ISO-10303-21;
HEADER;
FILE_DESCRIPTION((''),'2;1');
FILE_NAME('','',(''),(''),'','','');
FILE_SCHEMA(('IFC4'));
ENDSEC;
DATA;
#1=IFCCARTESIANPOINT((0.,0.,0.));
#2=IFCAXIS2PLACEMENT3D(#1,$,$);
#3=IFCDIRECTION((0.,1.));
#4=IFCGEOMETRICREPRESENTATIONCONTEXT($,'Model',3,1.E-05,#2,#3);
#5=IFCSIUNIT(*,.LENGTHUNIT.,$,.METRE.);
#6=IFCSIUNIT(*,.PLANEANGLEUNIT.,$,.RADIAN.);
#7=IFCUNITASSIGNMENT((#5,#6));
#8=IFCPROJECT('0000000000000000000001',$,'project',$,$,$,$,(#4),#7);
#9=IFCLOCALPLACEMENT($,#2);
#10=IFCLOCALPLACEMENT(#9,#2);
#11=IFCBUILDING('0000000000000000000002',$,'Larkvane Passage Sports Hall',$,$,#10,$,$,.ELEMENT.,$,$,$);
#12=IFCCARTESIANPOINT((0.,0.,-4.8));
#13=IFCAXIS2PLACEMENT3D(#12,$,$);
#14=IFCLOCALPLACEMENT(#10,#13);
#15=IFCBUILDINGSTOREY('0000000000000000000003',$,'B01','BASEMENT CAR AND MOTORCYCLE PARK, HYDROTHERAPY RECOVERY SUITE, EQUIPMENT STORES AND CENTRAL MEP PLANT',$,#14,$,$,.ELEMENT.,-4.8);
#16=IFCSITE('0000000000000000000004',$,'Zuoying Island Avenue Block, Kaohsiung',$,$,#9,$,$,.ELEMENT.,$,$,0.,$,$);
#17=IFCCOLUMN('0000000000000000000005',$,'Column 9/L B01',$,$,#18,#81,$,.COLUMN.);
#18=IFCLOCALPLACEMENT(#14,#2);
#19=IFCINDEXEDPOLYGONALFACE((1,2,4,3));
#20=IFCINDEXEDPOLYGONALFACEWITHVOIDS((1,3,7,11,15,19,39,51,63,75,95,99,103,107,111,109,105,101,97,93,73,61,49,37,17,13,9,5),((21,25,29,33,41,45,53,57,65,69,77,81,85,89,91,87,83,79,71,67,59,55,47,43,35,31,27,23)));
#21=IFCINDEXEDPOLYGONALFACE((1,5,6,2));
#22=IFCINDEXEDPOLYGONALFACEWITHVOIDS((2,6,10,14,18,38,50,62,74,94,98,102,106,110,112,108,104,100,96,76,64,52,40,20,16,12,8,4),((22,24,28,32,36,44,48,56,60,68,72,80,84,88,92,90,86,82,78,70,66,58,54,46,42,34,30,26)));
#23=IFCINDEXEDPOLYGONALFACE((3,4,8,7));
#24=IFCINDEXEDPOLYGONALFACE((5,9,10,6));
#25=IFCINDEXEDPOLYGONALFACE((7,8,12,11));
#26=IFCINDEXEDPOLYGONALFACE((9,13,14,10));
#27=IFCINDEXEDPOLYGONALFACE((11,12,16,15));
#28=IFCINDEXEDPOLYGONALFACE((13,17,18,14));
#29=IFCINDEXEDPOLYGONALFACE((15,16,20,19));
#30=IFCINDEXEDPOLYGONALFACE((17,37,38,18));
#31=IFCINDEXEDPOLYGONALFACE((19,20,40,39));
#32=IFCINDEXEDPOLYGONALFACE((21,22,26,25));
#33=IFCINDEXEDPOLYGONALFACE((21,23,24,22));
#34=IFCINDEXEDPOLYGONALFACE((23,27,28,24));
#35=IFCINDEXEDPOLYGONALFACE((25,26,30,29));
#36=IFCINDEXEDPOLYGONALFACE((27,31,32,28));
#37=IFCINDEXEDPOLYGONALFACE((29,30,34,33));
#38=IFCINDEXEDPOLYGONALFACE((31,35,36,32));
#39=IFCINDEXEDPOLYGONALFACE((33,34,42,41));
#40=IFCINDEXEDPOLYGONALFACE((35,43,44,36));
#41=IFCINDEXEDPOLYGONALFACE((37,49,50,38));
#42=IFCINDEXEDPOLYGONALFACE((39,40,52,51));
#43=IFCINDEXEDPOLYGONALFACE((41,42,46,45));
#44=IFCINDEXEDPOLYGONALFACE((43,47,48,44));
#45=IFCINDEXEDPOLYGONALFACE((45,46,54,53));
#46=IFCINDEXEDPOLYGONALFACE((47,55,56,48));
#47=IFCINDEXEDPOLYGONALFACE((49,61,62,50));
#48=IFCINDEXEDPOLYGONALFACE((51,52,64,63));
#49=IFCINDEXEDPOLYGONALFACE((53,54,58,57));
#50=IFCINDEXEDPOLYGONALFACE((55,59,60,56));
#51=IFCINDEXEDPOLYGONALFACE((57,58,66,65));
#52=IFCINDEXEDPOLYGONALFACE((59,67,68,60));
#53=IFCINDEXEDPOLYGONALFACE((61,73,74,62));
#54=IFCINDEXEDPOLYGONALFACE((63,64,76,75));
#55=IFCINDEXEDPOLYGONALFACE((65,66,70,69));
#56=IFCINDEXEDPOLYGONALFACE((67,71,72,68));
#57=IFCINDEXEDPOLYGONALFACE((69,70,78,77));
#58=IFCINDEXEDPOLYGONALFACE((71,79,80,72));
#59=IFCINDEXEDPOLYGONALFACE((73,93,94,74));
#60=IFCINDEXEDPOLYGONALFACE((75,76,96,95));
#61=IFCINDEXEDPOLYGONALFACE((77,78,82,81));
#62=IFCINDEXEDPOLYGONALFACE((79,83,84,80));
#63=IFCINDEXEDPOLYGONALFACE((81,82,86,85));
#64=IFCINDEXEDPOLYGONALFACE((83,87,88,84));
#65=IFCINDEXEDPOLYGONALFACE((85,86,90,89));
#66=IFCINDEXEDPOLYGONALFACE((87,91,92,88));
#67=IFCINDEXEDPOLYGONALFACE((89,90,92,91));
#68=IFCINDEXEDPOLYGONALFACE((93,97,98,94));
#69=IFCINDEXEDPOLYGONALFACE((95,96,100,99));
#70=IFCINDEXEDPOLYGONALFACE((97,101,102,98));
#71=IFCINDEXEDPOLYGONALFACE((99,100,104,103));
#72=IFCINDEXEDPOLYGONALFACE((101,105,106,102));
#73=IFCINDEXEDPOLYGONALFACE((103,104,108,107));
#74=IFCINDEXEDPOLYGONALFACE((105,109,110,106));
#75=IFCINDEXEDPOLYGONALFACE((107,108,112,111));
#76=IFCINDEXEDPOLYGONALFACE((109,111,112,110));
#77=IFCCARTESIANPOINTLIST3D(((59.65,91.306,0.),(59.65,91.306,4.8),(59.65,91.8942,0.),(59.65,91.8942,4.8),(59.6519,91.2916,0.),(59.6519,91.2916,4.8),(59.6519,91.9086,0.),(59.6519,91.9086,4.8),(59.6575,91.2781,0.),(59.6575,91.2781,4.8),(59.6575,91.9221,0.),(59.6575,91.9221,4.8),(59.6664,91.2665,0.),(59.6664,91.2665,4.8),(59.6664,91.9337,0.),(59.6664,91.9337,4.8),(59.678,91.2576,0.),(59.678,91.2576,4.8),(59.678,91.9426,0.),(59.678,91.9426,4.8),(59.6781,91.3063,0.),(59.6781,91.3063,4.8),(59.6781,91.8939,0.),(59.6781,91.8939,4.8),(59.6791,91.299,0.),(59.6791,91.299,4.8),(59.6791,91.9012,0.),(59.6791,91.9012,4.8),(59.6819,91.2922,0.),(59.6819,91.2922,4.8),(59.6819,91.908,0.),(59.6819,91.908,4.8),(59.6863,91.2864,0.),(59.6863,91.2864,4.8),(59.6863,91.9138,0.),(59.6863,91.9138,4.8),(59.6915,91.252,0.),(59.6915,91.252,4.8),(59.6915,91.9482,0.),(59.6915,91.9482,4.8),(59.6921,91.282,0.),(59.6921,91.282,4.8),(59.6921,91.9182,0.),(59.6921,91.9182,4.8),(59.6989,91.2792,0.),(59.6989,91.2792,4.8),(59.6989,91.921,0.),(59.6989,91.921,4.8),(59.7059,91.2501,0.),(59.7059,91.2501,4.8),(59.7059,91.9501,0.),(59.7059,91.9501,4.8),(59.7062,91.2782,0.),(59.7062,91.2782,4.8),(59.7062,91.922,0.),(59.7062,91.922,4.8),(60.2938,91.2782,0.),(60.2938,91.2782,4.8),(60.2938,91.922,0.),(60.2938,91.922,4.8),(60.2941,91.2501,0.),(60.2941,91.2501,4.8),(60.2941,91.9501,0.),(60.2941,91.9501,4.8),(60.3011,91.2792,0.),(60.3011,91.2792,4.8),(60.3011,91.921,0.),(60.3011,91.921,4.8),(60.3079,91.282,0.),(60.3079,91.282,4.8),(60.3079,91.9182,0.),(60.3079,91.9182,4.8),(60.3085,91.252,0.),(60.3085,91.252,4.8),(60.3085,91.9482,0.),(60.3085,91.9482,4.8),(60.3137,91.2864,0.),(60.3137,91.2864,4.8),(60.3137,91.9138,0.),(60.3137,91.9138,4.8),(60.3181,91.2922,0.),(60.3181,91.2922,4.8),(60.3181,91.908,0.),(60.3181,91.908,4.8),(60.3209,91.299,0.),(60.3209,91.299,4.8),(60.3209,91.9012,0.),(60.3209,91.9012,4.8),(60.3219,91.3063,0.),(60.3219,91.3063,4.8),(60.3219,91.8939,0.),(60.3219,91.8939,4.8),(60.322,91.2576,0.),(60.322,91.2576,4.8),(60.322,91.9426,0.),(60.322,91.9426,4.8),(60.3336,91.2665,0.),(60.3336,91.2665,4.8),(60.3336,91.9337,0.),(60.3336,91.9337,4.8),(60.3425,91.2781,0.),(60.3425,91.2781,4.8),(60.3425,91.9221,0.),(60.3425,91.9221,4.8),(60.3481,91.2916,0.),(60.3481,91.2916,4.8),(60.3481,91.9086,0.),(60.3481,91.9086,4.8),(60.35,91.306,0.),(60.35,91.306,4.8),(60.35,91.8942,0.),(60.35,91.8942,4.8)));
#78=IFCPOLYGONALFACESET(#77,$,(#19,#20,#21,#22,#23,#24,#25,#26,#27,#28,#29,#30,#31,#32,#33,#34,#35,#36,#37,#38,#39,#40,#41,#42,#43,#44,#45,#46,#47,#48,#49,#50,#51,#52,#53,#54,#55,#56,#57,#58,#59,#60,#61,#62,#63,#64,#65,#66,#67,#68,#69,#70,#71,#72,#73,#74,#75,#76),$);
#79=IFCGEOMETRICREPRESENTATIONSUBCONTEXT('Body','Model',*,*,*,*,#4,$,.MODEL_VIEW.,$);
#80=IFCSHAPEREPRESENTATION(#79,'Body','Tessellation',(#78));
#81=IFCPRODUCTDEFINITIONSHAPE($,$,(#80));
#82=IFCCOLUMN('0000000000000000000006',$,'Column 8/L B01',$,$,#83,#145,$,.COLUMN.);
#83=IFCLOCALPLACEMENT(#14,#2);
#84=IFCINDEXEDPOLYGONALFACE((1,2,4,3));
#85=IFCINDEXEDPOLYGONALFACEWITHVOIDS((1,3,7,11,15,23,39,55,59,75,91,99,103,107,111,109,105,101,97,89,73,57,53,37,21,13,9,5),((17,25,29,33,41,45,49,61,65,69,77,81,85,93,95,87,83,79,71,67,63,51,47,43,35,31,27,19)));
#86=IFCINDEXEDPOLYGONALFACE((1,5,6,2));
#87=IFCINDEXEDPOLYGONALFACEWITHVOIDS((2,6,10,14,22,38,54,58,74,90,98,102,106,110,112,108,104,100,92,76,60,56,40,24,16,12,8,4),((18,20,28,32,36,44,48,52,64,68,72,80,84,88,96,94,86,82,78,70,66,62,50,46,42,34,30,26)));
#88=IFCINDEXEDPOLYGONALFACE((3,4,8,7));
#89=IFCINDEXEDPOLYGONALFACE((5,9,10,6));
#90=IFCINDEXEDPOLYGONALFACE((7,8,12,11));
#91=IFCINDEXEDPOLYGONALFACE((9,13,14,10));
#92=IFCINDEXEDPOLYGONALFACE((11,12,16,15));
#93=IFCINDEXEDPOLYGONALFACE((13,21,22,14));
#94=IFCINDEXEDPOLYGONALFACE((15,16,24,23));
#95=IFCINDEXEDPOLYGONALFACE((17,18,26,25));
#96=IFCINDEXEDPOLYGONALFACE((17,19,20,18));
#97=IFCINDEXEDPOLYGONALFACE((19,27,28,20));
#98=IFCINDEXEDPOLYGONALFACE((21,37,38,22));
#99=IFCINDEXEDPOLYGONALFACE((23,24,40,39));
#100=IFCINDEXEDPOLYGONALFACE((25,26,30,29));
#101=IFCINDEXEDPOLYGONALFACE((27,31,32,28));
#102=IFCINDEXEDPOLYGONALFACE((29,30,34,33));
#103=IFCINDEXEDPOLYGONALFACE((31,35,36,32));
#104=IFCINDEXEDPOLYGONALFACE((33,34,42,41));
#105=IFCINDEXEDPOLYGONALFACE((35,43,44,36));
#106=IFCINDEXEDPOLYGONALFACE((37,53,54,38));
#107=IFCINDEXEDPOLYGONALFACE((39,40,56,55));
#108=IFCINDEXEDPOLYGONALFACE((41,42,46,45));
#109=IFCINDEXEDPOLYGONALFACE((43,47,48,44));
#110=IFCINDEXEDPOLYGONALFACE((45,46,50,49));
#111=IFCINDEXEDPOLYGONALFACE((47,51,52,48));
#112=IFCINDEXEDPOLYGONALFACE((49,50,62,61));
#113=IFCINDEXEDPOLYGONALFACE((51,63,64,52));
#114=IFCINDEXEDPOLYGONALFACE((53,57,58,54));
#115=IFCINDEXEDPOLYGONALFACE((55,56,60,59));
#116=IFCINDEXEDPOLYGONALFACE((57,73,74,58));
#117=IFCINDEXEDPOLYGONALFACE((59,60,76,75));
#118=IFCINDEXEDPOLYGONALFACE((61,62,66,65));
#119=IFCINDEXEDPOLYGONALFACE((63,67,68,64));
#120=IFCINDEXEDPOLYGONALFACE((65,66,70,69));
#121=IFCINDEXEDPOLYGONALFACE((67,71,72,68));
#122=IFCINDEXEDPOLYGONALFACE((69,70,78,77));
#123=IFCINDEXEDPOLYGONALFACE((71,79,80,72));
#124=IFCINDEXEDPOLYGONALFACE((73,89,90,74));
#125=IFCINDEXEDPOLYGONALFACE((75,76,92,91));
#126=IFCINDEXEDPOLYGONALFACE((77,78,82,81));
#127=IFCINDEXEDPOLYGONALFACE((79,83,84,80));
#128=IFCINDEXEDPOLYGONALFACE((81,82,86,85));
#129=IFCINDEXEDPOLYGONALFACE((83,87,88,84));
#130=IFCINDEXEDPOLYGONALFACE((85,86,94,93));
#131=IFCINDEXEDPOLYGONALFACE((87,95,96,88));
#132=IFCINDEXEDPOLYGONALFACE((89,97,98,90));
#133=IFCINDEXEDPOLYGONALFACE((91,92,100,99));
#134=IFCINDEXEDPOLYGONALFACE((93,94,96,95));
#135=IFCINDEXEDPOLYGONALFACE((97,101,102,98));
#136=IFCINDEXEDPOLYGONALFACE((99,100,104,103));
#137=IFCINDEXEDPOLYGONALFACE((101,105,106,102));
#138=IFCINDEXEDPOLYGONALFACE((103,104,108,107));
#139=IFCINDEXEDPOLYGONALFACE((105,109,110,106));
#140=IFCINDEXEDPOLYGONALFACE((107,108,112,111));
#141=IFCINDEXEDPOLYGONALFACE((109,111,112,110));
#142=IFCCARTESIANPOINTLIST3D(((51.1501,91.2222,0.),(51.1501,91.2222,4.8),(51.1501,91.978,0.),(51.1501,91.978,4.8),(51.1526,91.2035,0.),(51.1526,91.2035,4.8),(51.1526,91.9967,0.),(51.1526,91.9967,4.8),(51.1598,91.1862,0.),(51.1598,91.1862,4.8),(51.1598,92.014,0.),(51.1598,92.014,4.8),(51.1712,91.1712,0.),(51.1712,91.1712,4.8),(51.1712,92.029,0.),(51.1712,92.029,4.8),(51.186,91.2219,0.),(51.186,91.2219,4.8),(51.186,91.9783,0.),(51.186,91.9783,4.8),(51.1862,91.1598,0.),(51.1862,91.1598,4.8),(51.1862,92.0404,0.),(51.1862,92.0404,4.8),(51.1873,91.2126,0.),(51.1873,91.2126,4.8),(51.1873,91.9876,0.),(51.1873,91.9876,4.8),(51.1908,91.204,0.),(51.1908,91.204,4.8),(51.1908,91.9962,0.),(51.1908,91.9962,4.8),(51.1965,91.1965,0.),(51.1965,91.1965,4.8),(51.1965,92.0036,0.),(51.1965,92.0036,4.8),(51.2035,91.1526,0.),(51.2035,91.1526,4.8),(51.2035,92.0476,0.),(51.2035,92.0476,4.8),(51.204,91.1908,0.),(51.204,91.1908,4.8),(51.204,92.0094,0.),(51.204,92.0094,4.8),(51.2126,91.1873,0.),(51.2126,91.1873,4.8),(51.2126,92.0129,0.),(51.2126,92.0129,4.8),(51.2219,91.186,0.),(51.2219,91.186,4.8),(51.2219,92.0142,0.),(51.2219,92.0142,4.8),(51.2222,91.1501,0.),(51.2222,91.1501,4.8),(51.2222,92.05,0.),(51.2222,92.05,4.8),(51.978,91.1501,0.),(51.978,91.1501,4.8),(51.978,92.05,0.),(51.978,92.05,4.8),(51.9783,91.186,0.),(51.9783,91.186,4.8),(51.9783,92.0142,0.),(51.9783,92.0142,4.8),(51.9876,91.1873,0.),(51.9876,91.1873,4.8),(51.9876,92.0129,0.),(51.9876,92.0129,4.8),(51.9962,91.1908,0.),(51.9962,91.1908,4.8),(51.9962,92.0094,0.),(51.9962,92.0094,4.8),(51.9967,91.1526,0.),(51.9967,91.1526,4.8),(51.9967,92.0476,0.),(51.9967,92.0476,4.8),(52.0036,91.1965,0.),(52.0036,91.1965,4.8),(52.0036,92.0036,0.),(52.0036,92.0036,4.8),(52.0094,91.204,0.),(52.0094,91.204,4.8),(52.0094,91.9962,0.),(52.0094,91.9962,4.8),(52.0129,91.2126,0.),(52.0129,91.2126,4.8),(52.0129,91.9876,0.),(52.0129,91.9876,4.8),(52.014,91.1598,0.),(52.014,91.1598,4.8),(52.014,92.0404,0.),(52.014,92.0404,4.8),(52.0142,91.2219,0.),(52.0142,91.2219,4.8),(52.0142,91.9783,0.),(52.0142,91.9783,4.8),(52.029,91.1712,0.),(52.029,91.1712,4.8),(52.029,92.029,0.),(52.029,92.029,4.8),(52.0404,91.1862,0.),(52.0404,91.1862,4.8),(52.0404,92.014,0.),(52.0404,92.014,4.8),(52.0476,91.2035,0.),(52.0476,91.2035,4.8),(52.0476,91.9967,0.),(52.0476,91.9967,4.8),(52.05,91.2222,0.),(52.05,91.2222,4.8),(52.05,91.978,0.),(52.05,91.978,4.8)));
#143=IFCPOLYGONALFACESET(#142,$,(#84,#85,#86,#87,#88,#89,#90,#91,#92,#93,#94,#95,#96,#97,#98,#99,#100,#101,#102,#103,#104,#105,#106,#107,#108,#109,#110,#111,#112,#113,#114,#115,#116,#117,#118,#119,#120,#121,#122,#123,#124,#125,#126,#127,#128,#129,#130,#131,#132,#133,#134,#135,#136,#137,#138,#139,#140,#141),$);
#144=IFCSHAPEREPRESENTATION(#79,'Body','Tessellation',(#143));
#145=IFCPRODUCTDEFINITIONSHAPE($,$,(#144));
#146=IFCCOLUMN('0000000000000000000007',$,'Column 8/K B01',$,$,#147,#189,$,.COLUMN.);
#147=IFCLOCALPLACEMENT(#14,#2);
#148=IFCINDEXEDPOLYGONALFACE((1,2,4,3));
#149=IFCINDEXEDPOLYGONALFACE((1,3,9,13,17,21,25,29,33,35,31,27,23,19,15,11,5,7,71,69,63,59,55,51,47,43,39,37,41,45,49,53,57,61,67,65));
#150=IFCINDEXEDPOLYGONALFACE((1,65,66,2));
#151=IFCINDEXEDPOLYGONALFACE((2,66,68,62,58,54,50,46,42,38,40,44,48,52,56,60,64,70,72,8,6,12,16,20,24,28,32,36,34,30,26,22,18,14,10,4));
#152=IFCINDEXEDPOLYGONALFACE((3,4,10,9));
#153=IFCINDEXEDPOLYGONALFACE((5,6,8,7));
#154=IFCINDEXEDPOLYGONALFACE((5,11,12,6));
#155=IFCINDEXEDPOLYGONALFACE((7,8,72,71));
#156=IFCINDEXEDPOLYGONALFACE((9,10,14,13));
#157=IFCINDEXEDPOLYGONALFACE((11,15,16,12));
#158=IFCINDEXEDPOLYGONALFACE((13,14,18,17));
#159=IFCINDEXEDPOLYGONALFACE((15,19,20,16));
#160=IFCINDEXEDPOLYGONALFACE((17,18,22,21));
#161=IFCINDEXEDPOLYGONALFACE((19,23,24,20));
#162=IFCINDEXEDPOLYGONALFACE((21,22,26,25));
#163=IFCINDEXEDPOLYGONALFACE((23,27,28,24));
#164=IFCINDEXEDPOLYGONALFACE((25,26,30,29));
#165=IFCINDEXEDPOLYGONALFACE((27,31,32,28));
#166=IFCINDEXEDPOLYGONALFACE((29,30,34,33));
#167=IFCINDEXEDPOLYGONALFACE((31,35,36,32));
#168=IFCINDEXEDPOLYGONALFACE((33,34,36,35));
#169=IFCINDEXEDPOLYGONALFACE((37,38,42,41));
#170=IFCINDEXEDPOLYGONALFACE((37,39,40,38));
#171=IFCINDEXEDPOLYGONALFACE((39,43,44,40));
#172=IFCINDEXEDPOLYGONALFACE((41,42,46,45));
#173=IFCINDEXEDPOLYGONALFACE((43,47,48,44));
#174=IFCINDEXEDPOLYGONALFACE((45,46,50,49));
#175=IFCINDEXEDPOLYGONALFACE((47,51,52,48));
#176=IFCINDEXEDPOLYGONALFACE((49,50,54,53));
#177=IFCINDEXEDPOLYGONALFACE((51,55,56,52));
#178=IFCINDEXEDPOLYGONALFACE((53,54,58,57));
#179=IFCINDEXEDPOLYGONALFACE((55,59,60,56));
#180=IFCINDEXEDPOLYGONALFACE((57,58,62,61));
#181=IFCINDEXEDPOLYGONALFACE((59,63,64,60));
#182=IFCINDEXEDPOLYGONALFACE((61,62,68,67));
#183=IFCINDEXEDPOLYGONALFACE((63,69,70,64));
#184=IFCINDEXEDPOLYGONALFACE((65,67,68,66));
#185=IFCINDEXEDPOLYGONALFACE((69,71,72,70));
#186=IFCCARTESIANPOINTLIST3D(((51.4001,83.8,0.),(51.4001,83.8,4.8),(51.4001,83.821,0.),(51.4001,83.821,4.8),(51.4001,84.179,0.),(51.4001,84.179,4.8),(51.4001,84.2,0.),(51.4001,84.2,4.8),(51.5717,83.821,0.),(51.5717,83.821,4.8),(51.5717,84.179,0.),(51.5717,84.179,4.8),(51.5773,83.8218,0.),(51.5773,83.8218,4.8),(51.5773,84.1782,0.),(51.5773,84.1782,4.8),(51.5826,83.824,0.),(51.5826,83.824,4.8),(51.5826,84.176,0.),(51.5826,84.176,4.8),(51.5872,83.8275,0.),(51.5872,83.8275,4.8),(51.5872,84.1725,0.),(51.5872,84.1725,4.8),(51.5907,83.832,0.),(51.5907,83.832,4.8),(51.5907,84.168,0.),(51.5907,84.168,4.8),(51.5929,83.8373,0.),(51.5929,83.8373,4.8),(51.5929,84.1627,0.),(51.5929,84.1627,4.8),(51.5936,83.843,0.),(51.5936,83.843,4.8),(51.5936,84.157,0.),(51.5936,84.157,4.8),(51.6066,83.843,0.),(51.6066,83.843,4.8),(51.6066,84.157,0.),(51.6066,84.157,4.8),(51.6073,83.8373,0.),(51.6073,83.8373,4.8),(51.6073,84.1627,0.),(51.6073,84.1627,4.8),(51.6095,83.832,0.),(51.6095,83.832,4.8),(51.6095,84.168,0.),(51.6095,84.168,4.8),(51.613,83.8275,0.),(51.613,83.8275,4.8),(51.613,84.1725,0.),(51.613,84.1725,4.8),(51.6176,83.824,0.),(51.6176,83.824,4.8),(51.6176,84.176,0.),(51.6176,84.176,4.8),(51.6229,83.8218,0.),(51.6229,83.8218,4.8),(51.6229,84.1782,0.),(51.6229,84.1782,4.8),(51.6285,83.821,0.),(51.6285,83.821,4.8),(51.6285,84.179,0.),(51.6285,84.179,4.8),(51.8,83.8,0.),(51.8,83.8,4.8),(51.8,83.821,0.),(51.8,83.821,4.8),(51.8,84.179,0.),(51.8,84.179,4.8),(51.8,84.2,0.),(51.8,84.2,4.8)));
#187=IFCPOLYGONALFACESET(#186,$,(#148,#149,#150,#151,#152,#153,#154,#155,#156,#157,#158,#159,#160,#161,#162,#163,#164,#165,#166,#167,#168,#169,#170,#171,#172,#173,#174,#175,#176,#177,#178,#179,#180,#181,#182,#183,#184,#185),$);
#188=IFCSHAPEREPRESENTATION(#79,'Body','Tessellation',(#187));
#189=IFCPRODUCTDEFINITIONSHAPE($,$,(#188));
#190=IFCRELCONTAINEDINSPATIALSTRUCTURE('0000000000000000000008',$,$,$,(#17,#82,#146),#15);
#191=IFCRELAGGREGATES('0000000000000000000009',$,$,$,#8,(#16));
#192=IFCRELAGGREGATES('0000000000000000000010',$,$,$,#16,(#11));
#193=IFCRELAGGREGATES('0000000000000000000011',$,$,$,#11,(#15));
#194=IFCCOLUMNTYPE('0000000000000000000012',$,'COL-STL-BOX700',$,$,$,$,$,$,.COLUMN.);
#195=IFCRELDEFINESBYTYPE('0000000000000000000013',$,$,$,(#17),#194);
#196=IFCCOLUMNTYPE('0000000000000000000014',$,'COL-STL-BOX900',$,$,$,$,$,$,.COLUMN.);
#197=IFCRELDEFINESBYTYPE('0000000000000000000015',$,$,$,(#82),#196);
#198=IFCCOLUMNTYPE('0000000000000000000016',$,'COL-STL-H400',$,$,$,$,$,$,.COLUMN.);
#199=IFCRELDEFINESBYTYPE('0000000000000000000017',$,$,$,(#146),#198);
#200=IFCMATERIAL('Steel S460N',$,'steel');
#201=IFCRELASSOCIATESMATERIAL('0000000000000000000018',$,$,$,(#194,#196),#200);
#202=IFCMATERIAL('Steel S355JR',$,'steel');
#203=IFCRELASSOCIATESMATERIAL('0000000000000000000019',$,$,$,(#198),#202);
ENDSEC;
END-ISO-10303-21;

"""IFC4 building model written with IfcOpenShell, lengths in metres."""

from ifc_helpers import new_model, si_unit, direction, frame, origin, origin_2d, place, context, subcontext, project, spatial, hollow_rectangle, i_section, extrude, material, material_profile, profile_set, type_object, element, save


model = new_model("IFC4")

# Units and contexts
model_context = context("Model", 3, precision=1e-05, world=origin(), true_north=direction((0.0, 1.0)))
body_context = subcontext(model_context, "Body", "Model", "MODEL_VIEW")
ifc_project = project(units=[si_unit("LENGTHUNIT", "METRE"), si_unit("PLANEANGLEUNIT", "RADIAN")], contexts=[model_context])

# Site, building, storey
site_placement = place(None, origin())
site = spatial("IfcSite", under=ifc_project, at=site_placement, Name="Zuoying Island Avenue Block, Kaohsiung", CompositionType="ELEMENT", RefElevation=0.0)
building_placement = place(site_placement, origin())
building = spatial("IfcBuilding", under=site, at=building_placement, Name="Larkvane Passage Sports Hall", CompositionType="ELEMENT")
storey_placement = place(building_placement, frame((0.0, 0.0, -4.8)))
storey = spatial("IfcBuildingStorey", under=building, at=storey_placement, Name="B01", Description="BASEMENT CAR AND MOTORCYCLE PARK, HYDROTHERAPY RECOVERY SUITE, EQUIPMENT STORES AND CENTRAL MEP PLANT", CompositionType="ELEMENT", Elevation=-4.8)

# Columns
ifc_material_1 = material(Name="Steel S460N", Category="steel")
ifc_material_profile_1 = material_profile(ifc_material_1, hollow_rectangle(XDim=0.7, YDim=0.7, WallThickness=0.0281, InnerFilletRadius=0.0281, OuterFilletRadius=0.0559, at=origin_2d()), Name="BOX-700x700x28")
ifc_profile_set_1 = profile_set([ifc_material_profile_1], Name="Steel S460N")
column_type_1 = type_object("IfcColumnType", Name="COL-STL-BOX700", PredefinedType="COLUMN", material=ifc_profile_set_1)
column_1_placement = place(storey_placement, frame((60.0, 91.6001, 0.0), z_axis=(0.0, 0.0, 1.0), x_axis=(1.0, 0.0, 0.0)))
element("IfcColumn", 1, at=column_1_placement, inside=storey, type_object=column_type_1, Name="Column 9/L B01", PredefinedType="COLUMN", context=body_context, shape_type="SweptSolid", body=[
    extrude(hollow_rectangle(XDim=0.7, YDim=0.7, WallThickness=0.0281, InnerFilletRadius=0.0281, OuterFilletRadius=0.0559, at=origin_2d()), origin(), (0.0, 0.0, 1.0), 4.8),
])
ifc_material_profile_2 = material_profile(ifc_material_1, hollow_rectangle(XDim=0.8999, YDim=0.8999, WallThickness=0.0359, InnerFilletRadius=0.0359, OuterFilletRadius=0.072, at=origin_2d()), Name="BOX-900x900x36")
ifc_profile_set_2 = profile_set([ifc_material_profile_2], Name="Steel S460N")
column_type_2 = type_object("IfcColumnType", Name="COL-STL-BOX900", PredefinedType="COLUMN", material=ifc_profile_set_2)
column_2_placement = place(storey_placement, frame((51.6001, 91.6001, 0.0), z_axis=(0.0, 0.0, 1.0), x_axis=(1.0, 0.0, 0.0)))
element("IfcColumn", 2, at=column_2_placement, inside=storey, type_object=column_type_2, Name="Column 8/L B01", PredefinedType="COLUMN", context=body_context, shape_type="SweptSolid", body=[
    extrude(hollow_rectangle(XDim=0.8999, YDim=0.8999, WallThickness=0.0359, InnerFilletRadius=0.0359, OuterFilletRadius=0.072, at=origin_2d()), origin(), (0.0, 0.0, 1.0), 4.8),
])
ifc_material_2 = material(Name="Steel S355JR", Category="steel")
ifc_material_profile_3 = material_profile(ifc_material_2, i_section(OverallWidth=0.3999, OverallDepth=0.3999, WebThickness=0.0129, FlangeThickness=0.021, FilletRadius=0.022, at=origin_2d()), Name="H-400x400x13x21")
ifc_profile_set_3 = profile_set([ifc_material_profile_3], Name="Steel S355JR")
column_type_3 = type_object("IfcColumnType", Name="COL-STL-H400", PredefinedType="COLUMN", material=ifc_profile_set_3)
column_3_placement = place(storey_placement, frame((51.6001, 84.0, 0.0), z_axis=(0.0, 0.0, 1.0), x_axis=(1.0, 0.0, 0.0)))
element("IfcColumn", 3, at=column_3_placement, inside=storey, type_object=column_type_3, Name="Column 8/K B01", PredefinedType="COLUMN", context=body_context, shape_type="SweptSolid", body=[
    extrude(i_section(OverallWidth=0.3999, OverallDepth=0.3999, WebThickness=0.0129, FlangeThickness=0.021, FilletRadius=0.022, at=origin_2d()), origin(), (0.0, 0.0, 1.0), 4.8),
])

save(model, "model.ifc")
